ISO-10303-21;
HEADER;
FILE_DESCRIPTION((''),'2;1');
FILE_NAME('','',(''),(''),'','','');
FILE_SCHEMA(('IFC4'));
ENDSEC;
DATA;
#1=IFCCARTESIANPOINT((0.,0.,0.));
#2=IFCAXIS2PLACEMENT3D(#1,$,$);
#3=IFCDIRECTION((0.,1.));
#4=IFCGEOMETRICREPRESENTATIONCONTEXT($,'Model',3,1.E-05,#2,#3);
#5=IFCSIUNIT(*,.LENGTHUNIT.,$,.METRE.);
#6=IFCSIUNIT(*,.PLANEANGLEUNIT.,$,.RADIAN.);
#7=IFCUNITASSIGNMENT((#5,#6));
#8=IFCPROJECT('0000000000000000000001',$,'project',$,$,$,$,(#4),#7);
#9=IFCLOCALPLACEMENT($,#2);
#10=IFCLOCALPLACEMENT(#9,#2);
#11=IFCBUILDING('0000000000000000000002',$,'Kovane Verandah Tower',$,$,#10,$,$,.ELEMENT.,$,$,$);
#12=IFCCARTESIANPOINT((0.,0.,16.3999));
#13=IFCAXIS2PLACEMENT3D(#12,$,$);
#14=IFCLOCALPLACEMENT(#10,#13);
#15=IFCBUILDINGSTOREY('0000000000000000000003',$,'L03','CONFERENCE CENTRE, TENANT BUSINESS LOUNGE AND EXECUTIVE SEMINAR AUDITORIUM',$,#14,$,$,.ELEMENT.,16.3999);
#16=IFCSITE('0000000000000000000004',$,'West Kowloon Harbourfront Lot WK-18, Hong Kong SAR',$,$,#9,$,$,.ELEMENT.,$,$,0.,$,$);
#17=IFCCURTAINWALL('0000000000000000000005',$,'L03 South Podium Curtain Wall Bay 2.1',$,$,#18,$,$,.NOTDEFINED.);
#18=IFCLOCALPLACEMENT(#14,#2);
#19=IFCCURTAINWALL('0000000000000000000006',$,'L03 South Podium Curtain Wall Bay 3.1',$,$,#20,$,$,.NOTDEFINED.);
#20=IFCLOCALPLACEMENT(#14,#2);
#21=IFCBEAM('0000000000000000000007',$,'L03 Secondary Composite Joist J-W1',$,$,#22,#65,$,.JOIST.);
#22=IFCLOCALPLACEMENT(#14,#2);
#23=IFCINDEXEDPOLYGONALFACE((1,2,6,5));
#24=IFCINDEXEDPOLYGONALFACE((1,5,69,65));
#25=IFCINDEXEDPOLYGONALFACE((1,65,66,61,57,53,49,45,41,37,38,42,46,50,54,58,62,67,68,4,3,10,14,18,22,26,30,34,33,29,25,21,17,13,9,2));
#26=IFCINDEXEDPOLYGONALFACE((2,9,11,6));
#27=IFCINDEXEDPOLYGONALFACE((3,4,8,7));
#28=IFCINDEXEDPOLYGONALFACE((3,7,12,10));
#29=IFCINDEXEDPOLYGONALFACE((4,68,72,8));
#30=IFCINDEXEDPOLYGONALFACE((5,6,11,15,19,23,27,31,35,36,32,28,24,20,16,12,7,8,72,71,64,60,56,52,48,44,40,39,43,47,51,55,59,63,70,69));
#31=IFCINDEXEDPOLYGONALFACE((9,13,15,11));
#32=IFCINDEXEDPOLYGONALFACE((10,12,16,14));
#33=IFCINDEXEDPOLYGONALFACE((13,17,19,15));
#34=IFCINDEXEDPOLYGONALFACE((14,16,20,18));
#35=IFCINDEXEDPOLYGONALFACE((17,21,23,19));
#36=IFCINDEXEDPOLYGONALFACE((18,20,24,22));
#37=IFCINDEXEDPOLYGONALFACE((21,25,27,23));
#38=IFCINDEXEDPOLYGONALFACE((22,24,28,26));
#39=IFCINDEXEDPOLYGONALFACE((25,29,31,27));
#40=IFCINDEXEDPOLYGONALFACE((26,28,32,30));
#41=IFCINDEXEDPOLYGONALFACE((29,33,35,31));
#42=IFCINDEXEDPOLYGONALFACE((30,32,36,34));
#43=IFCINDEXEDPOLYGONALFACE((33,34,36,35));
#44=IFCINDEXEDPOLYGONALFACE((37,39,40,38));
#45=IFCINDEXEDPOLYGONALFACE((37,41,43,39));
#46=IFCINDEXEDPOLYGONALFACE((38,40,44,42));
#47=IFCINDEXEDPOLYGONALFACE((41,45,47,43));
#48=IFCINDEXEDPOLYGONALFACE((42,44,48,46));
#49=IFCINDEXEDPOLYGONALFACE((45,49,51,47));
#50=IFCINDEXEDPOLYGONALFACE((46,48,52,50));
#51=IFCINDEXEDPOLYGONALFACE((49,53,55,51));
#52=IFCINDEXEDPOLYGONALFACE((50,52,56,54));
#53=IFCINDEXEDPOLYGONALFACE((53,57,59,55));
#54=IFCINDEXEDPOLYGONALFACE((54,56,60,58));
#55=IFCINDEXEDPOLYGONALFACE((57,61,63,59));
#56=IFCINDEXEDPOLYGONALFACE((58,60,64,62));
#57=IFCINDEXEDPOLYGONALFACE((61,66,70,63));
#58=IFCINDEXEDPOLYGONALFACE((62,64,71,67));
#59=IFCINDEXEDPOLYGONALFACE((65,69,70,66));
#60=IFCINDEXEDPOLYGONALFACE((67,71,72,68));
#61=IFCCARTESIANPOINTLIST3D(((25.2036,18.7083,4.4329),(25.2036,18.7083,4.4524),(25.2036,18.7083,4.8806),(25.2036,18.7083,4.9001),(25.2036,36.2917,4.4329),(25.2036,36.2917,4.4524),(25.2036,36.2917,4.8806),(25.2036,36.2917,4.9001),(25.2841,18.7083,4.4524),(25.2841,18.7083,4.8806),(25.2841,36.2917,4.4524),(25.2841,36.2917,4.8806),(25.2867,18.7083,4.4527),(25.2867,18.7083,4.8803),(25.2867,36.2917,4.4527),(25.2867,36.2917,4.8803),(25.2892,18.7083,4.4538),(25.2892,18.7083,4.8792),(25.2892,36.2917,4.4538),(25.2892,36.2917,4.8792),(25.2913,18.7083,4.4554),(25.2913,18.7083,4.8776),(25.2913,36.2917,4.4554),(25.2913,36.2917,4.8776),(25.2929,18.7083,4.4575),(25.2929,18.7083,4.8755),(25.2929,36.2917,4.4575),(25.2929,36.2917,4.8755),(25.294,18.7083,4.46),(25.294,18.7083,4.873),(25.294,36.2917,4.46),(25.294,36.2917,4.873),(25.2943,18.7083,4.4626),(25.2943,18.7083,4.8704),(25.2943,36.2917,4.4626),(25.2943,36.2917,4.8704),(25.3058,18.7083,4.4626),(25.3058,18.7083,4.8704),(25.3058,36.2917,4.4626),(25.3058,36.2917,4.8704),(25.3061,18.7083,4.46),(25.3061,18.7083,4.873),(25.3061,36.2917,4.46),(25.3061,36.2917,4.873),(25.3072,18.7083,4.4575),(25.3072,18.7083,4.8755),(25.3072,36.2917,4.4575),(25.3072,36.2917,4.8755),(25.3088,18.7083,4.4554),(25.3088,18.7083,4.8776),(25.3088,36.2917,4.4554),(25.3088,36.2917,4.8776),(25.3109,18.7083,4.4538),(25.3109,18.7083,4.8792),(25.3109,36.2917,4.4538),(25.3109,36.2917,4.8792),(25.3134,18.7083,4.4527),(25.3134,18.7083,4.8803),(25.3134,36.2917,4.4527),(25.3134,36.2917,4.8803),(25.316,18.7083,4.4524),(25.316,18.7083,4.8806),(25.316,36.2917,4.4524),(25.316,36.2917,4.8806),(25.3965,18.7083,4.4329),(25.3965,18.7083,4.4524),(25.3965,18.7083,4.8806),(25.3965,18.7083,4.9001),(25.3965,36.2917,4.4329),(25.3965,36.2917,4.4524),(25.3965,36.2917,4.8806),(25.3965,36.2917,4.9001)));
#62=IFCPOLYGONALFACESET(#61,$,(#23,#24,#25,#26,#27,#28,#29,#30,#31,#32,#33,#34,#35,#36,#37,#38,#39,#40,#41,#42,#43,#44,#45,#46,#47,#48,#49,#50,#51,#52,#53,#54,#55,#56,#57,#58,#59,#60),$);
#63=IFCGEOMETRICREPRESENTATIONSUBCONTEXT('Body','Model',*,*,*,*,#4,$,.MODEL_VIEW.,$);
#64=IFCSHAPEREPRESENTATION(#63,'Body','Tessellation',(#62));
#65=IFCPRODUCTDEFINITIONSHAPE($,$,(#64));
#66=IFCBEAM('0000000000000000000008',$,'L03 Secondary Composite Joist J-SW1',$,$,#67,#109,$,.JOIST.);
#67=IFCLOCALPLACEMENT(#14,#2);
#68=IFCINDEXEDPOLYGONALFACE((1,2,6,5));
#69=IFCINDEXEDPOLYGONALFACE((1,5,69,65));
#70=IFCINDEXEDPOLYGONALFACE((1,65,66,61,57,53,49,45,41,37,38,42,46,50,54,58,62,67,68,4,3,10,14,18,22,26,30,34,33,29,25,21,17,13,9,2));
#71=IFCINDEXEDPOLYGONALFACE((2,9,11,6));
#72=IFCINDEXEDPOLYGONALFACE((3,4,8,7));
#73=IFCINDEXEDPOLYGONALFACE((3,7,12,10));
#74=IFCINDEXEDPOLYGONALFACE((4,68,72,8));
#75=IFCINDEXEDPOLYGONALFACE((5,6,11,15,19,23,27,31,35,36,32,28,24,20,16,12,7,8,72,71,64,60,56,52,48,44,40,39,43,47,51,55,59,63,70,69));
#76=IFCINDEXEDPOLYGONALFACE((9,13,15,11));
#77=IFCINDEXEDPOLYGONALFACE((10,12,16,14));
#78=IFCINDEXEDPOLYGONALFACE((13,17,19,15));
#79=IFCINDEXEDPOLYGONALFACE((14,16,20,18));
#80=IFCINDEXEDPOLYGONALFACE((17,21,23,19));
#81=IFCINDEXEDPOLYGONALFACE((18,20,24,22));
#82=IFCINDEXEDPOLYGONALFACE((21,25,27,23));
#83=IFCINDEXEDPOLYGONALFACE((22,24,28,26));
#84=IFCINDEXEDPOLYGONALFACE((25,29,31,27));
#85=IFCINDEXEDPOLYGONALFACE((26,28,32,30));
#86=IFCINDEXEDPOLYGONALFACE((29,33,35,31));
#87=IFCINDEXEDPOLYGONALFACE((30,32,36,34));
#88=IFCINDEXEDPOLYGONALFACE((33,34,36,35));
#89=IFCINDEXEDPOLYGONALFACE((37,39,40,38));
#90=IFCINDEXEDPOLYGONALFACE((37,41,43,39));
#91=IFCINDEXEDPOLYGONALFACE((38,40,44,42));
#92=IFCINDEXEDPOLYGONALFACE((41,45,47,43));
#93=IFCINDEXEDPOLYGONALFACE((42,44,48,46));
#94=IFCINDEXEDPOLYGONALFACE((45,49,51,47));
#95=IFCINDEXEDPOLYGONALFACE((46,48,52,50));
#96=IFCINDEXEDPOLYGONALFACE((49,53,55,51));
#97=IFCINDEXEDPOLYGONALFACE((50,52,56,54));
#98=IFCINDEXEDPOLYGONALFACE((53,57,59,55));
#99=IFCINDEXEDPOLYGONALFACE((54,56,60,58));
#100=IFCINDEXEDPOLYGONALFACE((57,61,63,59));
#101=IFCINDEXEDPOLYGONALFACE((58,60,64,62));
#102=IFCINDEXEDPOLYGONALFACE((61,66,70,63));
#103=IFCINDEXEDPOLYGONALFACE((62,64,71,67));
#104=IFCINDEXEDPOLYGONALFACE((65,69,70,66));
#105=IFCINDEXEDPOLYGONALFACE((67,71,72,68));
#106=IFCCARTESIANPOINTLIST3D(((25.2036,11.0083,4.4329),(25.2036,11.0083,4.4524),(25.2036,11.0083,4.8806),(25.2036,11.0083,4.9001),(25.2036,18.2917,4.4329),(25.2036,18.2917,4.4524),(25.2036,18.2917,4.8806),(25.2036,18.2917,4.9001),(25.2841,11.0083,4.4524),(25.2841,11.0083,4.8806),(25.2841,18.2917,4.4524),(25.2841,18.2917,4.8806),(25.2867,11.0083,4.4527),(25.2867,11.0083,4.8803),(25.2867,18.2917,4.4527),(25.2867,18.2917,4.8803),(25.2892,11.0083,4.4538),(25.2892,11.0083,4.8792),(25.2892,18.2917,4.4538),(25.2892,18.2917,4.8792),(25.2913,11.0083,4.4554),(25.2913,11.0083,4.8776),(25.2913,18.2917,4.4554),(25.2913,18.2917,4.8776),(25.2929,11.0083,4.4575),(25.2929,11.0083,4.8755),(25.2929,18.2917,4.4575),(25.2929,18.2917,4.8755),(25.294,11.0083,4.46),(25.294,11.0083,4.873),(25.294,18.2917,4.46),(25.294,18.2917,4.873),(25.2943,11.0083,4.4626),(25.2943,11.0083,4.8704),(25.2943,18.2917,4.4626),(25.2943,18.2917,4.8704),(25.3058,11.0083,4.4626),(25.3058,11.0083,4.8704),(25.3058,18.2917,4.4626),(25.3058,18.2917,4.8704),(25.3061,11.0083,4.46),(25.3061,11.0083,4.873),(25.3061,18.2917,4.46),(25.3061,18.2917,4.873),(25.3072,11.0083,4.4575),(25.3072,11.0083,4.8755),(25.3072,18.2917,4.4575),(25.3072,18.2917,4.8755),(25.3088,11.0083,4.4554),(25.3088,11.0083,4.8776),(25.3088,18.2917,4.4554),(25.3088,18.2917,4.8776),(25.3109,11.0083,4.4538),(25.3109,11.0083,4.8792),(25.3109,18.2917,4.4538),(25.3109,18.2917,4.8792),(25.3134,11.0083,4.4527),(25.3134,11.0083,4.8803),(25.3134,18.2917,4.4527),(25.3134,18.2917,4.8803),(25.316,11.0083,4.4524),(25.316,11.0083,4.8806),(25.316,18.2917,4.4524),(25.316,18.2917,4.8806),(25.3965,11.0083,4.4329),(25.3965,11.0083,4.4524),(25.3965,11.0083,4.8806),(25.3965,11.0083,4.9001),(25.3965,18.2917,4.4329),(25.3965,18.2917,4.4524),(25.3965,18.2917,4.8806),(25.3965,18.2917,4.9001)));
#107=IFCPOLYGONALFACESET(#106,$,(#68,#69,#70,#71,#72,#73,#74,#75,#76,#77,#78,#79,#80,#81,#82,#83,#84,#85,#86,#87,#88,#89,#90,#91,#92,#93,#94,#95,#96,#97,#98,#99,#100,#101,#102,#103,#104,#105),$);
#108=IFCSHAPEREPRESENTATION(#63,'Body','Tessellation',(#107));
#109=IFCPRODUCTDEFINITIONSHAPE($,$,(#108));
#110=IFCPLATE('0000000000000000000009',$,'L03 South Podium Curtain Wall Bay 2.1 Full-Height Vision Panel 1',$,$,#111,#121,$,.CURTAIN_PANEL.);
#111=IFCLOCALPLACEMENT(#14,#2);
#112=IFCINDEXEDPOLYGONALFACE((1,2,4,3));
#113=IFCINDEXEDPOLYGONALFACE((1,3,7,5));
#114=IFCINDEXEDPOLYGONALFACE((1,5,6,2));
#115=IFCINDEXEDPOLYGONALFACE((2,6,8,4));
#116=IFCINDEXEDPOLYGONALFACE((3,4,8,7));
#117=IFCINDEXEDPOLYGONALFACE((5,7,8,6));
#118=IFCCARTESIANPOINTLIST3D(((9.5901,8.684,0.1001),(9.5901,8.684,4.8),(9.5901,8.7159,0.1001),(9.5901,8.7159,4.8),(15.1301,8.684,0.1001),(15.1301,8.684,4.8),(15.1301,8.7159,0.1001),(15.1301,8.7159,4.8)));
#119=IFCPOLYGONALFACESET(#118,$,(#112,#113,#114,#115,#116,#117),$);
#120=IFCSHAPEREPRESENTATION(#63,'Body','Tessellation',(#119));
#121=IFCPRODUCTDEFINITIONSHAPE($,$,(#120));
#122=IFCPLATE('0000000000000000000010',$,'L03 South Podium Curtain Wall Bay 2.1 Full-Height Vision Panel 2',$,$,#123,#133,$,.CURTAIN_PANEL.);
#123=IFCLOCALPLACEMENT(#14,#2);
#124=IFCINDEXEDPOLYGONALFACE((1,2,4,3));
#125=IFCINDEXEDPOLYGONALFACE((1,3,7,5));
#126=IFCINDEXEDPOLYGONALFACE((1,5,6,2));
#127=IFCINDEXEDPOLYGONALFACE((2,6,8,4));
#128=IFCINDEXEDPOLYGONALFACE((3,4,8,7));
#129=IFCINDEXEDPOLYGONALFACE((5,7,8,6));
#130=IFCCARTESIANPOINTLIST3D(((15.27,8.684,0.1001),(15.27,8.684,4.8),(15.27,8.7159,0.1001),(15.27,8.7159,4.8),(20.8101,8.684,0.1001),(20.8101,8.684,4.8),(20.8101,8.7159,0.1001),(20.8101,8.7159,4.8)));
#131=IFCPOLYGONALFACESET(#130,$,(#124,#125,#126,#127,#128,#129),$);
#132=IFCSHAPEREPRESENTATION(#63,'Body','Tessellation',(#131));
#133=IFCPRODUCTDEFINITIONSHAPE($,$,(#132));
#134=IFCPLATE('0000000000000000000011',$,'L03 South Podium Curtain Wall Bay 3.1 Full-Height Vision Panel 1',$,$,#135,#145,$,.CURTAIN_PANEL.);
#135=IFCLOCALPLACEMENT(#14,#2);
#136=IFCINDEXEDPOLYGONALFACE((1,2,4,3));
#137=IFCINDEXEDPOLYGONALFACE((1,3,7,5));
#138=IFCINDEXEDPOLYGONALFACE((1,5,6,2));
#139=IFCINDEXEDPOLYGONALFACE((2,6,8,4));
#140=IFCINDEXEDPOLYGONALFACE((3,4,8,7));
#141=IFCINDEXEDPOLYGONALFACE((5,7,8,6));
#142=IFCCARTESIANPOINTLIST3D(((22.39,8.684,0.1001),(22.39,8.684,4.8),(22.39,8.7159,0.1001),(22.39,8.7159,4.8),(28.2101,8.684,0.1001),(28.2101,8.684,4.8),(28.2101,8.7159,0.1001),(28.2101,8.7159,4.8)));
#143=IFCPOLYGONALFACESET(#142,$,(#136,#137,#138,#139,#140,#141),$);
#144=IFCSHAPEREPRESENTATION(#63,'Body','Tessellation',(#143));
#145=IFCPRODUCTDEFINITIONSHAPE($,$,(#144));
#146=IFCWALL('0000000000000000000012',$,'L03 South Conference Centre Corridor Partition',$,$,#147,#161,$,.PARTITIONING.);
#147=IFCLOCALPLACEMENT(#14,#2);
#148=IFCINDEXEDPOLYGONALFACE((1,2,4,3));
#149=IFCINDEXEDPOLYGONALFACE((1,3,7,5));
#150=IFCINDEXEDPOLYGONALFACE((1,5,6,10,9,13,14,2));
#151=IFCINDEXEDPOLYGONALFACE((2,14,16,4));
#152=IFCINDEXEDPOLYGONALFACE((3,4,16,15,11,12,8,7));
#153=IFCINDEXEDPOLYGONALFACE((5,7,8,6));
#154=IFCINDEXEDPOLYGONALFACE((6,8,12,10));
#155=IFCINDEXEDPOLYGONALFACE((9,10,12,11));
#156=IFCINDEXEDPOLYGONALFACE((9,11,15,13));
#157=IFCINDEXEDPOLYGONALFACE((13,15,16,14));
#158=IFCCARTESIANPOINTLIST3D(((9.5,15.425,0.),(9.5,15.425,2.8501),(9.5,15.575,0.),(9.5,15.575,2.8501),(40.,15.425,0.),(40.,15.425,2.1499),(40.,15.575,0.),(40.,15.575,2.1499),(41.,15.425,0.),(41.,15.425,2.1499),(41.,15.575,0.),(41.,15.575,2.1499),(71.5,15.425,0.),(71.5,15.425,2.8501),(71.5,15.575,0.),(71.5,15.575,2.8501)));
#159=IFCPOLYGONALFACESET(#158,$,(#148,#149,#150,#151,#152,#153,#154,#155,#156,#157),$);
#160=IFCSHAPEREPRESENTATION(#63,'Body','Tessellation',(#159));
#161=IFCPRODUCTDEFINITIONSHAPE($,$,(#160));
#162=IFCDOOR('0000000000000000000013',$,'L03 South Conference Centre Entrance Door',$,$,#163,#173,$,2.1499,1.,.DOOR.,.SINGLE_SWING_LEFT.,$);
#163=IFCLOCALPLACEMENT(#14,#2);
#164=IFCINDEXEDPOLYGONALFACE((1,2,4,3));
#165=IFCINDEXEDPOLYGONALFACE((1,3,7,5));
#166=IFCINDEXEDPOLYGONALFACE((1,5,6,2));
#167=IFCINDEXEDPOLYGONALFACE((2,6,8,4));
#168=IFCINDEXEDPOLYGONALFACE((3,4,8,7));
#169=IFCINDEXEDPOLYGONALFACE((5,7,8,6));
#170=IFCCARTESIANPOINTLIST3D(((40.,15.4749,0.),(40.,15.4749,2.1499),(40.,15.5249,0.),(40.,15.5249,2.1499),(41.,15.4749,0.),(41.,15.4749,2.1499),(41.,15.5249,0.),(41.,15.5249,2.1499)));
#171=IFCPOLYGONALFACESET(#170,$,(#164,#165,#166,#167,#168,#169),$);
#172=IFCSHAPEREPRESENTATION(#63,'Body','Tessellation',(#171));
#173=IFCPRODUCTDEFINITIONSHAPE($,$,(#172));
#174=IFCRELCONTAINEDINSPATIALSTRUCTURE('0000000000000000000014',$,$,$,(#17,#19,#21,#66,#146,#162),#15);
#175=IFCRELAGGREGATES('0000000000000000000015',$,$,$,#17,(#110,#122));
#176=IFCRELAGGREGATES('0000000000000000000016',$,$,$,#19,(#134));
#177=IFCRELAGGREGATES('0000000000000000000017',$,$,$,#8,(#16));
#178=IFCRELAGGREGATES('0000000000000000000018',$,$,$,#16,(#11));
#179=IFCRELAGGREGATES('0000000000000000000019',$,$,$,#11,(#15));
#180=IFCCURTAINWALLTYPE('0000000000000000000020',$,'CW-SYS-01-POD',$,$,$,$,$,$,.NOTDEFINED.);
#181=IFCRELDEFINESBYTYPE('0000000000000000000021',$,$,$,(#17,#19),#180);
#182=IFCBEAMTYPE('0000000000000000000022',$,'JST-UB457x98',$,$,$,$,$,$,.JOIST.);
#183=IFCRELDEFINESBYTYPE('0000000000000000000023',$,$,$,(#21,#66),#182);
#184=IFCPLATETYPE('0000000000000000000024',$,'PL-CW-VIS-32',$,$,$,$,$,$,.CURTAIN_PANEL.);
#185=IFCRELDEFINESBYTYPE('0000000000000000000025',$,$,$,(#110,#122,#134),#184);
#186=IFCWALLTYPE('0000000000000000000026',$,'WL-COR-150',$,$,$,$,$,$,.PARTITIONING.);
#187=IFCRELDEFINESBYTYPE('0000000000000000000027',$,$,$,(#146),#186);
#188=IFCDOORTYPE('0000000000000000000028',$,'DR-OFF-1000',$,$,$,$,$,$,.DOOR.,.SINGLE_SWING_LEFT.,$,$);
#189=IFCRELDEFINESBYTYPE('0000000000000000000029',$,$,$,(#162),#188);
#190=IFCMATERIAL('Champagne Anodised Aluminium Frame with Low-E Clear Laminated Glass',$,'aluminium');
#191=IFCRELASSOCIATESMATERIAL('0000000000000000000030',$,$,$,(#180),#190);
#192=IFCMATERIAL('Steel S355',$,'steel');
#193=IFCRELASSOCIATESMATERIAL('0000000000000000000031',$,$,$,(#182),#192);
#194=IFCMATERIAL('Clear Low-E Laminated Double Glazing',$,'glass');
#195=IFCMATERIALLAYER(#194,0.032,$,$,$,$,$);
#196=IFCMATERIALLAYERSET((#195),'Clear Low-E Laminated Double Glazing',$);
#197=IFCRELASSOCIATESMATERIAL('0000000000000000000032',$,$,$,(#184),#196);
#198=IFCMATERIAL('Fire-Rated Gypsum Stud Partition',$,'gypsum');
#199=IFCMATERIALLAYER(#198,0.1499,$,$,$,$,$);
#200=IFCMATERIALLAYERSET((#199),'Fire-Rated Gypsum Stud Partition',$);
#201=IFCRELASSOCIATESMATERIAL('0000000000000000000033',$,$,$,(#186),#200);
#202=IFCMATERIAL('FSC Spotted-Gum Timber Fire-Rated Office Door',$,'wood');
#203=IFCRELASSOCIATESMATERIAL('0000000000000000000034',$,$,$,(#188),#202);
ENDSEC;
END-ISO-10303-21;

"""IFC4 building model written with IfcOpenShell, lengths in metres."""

from ifc_helpers import new_model, si_unit, direction, frame, frame_2d, origin, origin_2d, place, context, subcontext, project, spatial, rectangle, i_section, extrude, material, layer, layer_set, material_profile, profile_set, type_object, element, fill, aggregate, save


model = new_model("IFC4")

# Units and contexts
model_context = context("Model", 3, precision=1e-05, world=origin(), true_north=direction((0.0, 1.0)))
body_context = subcontext(model_context, "Body", "Model", "MODEL_VIEW")
ifc_project = project(units=[si_unit("LENGTHUNIT", "METRE"), si_unit("PLANEANGLEUNIT", "RADIAN")], contexts=[model_context])

# Site, building, storey
site_placement = place(None, origin())
site = spatial("IfcSite", under=ifc_project, at=site_placement, Name="West Kowloon Harbourfront Lot WK-18, Hong Kong SAR", CompositionType="ELEMENT", RefElevation=0.0)
building_placement = place(site_placement, origin())
building = spatial("IfcBuilding", under=site, at=building_placement, Name="Kovane Verandah Tower", CompositionType="ELEMENT")
storey_placement = place(building_placement, frame((0.0, 0.0, 16.3999)))
storey = spatial("IfcBuildingStorey", under=building, at=storey_placement, Name="L03", Description="CONFERENCE CENTRE, TENANT BUSINESS LOUNGE AND EXECUTIVE SEMINAR AUDITORIUM", CompositionType="ELEMENT", Elevation=16.3999)

# Curtain walls
ifc_material_1 = material(Name="Champagne Anodised Aluminium Frame with Low-E Clear Laminated Glass", Category="aluminium")
curtain_wall_type = type_object("IfcCurtainWallType", Name="CW-SYS-01-POD", PredefinedType="NOTDEFINED", material=ifc_material_1)
curtain_wall_1_placement = place(storey_placement, origin())
curtain_wall_1 = element("IfcCurtainWall", 1, at=curtain_wall_1_placement, inside=storey, type_object=curtain_wall_type, Name="L03 South Podium Curtain Wall Bay 2.1", PredefinedType="NOTDEFINED")
curtain_wall_2_placement = place(storey_placement, origin())
curtain_wall_2 = element("IfcCurtainWall", 2, at=curtain_wall_2_placement, inside=storey, type_object=curtain_wall_type, Name="L03 South Podium Curtain Wall Bay 3.1", PredefinedType="NOTDEFINED")

# Beams
ifc_material_2 = material(Name="Steel S355", Category="steel")
ifc_material_profile_1 = material_profile(ifc_material_2, i_section(OverallWidth=0.1929, OverallDepth=0.4673, WebThickness=0.0115, FlangeThickness=0.0195, FilletRadius=0.0103, at=origin_2d()), Name="UB457x191x98")
ifc_profile_set_1 = profile_set([ifc_material_profile_1], Name="Steel S355")
beam_type_1 = type_object("IfcBeamType", Name="JST-UB457x98", PredefinedType="JOIST", material=ifc_profile_set_1)
beam_1_placement = place(storey_placement, frame((25.3, 18.7083, 4.6665), z_axis=(0.0, 1.0, 0.0), x_axis=(-1.0, 0.0, 0.0)))
element("IfcBeam", 3, at=beam_1_placement, inside=storey, type_object=beam_type_1, Name="L03 Secondary Composite Joist J-W1", PredefinedType="JOIST", context=body_context, shape_type="SweptSolid", body=[
    extrude(i_section(OverallWidth=0.1929, OverallDepth=0.4673, WebThickness=0.0115, FlangeThickness=0.0195, FilletRadius=0.0103, at=origin_2d()), origin(), (0.0, 0.0, 1.0), 17.5835),
])
beam_2_placement = place(storey_placement, frame((25.3, 11.0083, 4.6665), z_axis=(0.0, 1.0, 0.0), x_axis=(-1.0, 0.0, 0.0)))
element("IfcBeam", 4, at=beam_2_placement, inside=storey, type_object=beam_type_1, Name="L03 Secondary Composite Joist J-SW1", PredefinedType="JOIST", context=body_context, shape_type="SweptSolid", body=[
    extrude(i_section(OverallWidth=0.1929, OverallDepth=0.4673, WebThickness=0.0115, FlangeThickness=0.0195, FilletRadius=0.0103, at=origin_2d()), origin(), (0.0, 0.0, 1.0), 7.2834),
])

# Plates
ifc_material_3 = material(Name="Clear Low-E Laminated Double Glazing", Category="glass")
ifc_layer_1 = layer(ifc_material_3, 0.032)
ifc_layer_set_1 = layer_set([ifc_layer_1], Name="Clear Low-E Laminated Double Glazing")
plate_type = type_object("IfcPlateType", Name="PL-CW-VIS-32", PredefinedType="CURTAIN_PANEL", material=ifc_layer_set_1)
plate_1_placement = place(storey_placement, frame((12.3601, 8.7, 0.1001), z_axis=(0.0, 0.0, 1.0), x_axis=(1.0, 0.0, 0.0)))
plate_1 = element("IfcPlate", 5, at=plate_1_placement, type_object=plate_type, Name="L03 South Podium Curtain Wall Bay 2.1 Full-Height Vision Panel 1", PredefinedType="CURTAIN_PANEL", context=body_context, shape_type="SweptSolid", body=[
    extrude(rectangle(XDim=5.54, YDim=0.032, at=origin_2d()), origin(), (0.0, 0.0, 1.0), 4.7),
])
plate_2_placement = place(storey_placement, frame((18.04, 8.7, 0.1001), z_axis=(0.0, 0.0, 1.0), x_axis=(1.0, 0.0, 0.0)))
plate_2 = element("IfcPlate", 6, at=plate_2_placement, type_object=plate_type, Name="L03 South Podium Curtain Wall Bay 2.1 Full-Height Vision Panel 2", PredefinedType="CURTAIN_PANEL", context=body_context, shape_type="SweptSolid", body=[
    extrude(rectangle(XDim=5.54, YDim=0.032, at=origin_2d()), origin(), (0.0, 0.0, 1.0), 4.7),
])
aggregate(curtain_wall_1, [plate_1, plate_2])
plate_3_placement = place(storey_placement, frame((25.3, 8.7, 0.1001), z_axis=(0.0, 0.0, 1.0), x_axis=(1.0, 0.0, 0.0)))
plate_3 = element("IfcPlate", 7, at=plate_3_placement, type_object=plate_type, Name="L03 South Podium Curtain Wall Bay 3.1 Full-Height Vision Panel 1", PredefinedType="CURTAIN_PANEL", context=body_context, shape_type="SweptSolid", body=[
    extrude(rectangle(XDim=5.8201, YDim=0.032, at=origin_2d()), origin(), (0.0, 0.0, 1.0), 4.7),
])
aggregate(curtain_wall_2, [plate_3])

# Wall, opening, door
ifc_material_4 = material(Name="Fire-Rated Gypsum Stud Partition", Category="gypsum")
ifc_layer_2 = layer(ifc_material_4, 0.1499)
ifc_layer_set_2 = layer_set([ifc_layer_2], Name="Fire-Rated Gypsum Stud Partition")
wall_type = type_object("IfcWallType", Name="WL-COR-150", PredefinedType="PARTITIONING", material=ifc_layer_set_2)
wall_1_placement = place(storey_placement, frame((9.5, 15.5, 0.0), z_axis=(0.0, 0.0, 1.0), x_axis=(1.0, 0.0, 0.0)))
wall_1 = element("IfcWall", 8, at=wall_1_placement, inside=storey, type_object=wall_type, Name="L03 South Conference Centre Corridor Partition", PredefinedType="PARTITIONING", context=body_context, shape_type="SweptSolid", body=[
    extrude(rectangle(XDim=62.0, YDim=0.1499, at=frame_2d((31.0, 0.0))), origin(), (0.0, 0.0, 1.0), 2.8501),
])
opening_1_placement = place(wall_1_placement, frame((30.5, 0.0, 0.0)))
opening_1 = element("IfcOpeningElement", 9, at=opening_1_placement, cuts=wall_1, PredefinedType="OPENING", context=body_context, shape_type="SweptSolid", body=[
    extrude(rectangle(XDim=1.0, YDim=2.1499, at=frame_2d((0.5, 1.075))), frame((0.0, 0.075, 0.0), z_axis=(0.0, -1.0, 0.0), x_axis=(1.0, 0.0, 0.0)), (0.0, 0.0, 1.0), 0.1499),
])
ifc_material_5 = material(Name="FSC Spotted-Gum Timber Fire-Rated Office Door", Category="wood")
door_type = type_object("IfcDoorType", Name="DR-OFF-1000", OperationType="SINGLE_SWING_LEFT", PredefinedType="DOOR", material=ifc_material_5)
door_1_placement = place(opening_1_placement, origin())
door_1 = element("IfcDoor", 10, at=door_1_placement, inside=storey, type_object=door_type, Name="L03 South Conference Centre Entrance Door", OperationType="SINGLE_SWING_LEFT", OverallHeight=2.1499, OverallWidth=1.0, PredefinedType="DOOR", context=body_context, shape_type="SweptSolid", body=[
    extrude(rectangle(XDim=1.0, YDim=2.1499, at=frame_2d((0.5, 1.075))), frame((0.0, 0.0249, 0.0), z_axis=(0.0, -1.0, 0.0), x_axis=(1.0, 0.0, 0.0)), (0.0, 0.0, 1.0), 0.05),
])
fill(opening_1, door_1)

save(model, "model.ifc")
